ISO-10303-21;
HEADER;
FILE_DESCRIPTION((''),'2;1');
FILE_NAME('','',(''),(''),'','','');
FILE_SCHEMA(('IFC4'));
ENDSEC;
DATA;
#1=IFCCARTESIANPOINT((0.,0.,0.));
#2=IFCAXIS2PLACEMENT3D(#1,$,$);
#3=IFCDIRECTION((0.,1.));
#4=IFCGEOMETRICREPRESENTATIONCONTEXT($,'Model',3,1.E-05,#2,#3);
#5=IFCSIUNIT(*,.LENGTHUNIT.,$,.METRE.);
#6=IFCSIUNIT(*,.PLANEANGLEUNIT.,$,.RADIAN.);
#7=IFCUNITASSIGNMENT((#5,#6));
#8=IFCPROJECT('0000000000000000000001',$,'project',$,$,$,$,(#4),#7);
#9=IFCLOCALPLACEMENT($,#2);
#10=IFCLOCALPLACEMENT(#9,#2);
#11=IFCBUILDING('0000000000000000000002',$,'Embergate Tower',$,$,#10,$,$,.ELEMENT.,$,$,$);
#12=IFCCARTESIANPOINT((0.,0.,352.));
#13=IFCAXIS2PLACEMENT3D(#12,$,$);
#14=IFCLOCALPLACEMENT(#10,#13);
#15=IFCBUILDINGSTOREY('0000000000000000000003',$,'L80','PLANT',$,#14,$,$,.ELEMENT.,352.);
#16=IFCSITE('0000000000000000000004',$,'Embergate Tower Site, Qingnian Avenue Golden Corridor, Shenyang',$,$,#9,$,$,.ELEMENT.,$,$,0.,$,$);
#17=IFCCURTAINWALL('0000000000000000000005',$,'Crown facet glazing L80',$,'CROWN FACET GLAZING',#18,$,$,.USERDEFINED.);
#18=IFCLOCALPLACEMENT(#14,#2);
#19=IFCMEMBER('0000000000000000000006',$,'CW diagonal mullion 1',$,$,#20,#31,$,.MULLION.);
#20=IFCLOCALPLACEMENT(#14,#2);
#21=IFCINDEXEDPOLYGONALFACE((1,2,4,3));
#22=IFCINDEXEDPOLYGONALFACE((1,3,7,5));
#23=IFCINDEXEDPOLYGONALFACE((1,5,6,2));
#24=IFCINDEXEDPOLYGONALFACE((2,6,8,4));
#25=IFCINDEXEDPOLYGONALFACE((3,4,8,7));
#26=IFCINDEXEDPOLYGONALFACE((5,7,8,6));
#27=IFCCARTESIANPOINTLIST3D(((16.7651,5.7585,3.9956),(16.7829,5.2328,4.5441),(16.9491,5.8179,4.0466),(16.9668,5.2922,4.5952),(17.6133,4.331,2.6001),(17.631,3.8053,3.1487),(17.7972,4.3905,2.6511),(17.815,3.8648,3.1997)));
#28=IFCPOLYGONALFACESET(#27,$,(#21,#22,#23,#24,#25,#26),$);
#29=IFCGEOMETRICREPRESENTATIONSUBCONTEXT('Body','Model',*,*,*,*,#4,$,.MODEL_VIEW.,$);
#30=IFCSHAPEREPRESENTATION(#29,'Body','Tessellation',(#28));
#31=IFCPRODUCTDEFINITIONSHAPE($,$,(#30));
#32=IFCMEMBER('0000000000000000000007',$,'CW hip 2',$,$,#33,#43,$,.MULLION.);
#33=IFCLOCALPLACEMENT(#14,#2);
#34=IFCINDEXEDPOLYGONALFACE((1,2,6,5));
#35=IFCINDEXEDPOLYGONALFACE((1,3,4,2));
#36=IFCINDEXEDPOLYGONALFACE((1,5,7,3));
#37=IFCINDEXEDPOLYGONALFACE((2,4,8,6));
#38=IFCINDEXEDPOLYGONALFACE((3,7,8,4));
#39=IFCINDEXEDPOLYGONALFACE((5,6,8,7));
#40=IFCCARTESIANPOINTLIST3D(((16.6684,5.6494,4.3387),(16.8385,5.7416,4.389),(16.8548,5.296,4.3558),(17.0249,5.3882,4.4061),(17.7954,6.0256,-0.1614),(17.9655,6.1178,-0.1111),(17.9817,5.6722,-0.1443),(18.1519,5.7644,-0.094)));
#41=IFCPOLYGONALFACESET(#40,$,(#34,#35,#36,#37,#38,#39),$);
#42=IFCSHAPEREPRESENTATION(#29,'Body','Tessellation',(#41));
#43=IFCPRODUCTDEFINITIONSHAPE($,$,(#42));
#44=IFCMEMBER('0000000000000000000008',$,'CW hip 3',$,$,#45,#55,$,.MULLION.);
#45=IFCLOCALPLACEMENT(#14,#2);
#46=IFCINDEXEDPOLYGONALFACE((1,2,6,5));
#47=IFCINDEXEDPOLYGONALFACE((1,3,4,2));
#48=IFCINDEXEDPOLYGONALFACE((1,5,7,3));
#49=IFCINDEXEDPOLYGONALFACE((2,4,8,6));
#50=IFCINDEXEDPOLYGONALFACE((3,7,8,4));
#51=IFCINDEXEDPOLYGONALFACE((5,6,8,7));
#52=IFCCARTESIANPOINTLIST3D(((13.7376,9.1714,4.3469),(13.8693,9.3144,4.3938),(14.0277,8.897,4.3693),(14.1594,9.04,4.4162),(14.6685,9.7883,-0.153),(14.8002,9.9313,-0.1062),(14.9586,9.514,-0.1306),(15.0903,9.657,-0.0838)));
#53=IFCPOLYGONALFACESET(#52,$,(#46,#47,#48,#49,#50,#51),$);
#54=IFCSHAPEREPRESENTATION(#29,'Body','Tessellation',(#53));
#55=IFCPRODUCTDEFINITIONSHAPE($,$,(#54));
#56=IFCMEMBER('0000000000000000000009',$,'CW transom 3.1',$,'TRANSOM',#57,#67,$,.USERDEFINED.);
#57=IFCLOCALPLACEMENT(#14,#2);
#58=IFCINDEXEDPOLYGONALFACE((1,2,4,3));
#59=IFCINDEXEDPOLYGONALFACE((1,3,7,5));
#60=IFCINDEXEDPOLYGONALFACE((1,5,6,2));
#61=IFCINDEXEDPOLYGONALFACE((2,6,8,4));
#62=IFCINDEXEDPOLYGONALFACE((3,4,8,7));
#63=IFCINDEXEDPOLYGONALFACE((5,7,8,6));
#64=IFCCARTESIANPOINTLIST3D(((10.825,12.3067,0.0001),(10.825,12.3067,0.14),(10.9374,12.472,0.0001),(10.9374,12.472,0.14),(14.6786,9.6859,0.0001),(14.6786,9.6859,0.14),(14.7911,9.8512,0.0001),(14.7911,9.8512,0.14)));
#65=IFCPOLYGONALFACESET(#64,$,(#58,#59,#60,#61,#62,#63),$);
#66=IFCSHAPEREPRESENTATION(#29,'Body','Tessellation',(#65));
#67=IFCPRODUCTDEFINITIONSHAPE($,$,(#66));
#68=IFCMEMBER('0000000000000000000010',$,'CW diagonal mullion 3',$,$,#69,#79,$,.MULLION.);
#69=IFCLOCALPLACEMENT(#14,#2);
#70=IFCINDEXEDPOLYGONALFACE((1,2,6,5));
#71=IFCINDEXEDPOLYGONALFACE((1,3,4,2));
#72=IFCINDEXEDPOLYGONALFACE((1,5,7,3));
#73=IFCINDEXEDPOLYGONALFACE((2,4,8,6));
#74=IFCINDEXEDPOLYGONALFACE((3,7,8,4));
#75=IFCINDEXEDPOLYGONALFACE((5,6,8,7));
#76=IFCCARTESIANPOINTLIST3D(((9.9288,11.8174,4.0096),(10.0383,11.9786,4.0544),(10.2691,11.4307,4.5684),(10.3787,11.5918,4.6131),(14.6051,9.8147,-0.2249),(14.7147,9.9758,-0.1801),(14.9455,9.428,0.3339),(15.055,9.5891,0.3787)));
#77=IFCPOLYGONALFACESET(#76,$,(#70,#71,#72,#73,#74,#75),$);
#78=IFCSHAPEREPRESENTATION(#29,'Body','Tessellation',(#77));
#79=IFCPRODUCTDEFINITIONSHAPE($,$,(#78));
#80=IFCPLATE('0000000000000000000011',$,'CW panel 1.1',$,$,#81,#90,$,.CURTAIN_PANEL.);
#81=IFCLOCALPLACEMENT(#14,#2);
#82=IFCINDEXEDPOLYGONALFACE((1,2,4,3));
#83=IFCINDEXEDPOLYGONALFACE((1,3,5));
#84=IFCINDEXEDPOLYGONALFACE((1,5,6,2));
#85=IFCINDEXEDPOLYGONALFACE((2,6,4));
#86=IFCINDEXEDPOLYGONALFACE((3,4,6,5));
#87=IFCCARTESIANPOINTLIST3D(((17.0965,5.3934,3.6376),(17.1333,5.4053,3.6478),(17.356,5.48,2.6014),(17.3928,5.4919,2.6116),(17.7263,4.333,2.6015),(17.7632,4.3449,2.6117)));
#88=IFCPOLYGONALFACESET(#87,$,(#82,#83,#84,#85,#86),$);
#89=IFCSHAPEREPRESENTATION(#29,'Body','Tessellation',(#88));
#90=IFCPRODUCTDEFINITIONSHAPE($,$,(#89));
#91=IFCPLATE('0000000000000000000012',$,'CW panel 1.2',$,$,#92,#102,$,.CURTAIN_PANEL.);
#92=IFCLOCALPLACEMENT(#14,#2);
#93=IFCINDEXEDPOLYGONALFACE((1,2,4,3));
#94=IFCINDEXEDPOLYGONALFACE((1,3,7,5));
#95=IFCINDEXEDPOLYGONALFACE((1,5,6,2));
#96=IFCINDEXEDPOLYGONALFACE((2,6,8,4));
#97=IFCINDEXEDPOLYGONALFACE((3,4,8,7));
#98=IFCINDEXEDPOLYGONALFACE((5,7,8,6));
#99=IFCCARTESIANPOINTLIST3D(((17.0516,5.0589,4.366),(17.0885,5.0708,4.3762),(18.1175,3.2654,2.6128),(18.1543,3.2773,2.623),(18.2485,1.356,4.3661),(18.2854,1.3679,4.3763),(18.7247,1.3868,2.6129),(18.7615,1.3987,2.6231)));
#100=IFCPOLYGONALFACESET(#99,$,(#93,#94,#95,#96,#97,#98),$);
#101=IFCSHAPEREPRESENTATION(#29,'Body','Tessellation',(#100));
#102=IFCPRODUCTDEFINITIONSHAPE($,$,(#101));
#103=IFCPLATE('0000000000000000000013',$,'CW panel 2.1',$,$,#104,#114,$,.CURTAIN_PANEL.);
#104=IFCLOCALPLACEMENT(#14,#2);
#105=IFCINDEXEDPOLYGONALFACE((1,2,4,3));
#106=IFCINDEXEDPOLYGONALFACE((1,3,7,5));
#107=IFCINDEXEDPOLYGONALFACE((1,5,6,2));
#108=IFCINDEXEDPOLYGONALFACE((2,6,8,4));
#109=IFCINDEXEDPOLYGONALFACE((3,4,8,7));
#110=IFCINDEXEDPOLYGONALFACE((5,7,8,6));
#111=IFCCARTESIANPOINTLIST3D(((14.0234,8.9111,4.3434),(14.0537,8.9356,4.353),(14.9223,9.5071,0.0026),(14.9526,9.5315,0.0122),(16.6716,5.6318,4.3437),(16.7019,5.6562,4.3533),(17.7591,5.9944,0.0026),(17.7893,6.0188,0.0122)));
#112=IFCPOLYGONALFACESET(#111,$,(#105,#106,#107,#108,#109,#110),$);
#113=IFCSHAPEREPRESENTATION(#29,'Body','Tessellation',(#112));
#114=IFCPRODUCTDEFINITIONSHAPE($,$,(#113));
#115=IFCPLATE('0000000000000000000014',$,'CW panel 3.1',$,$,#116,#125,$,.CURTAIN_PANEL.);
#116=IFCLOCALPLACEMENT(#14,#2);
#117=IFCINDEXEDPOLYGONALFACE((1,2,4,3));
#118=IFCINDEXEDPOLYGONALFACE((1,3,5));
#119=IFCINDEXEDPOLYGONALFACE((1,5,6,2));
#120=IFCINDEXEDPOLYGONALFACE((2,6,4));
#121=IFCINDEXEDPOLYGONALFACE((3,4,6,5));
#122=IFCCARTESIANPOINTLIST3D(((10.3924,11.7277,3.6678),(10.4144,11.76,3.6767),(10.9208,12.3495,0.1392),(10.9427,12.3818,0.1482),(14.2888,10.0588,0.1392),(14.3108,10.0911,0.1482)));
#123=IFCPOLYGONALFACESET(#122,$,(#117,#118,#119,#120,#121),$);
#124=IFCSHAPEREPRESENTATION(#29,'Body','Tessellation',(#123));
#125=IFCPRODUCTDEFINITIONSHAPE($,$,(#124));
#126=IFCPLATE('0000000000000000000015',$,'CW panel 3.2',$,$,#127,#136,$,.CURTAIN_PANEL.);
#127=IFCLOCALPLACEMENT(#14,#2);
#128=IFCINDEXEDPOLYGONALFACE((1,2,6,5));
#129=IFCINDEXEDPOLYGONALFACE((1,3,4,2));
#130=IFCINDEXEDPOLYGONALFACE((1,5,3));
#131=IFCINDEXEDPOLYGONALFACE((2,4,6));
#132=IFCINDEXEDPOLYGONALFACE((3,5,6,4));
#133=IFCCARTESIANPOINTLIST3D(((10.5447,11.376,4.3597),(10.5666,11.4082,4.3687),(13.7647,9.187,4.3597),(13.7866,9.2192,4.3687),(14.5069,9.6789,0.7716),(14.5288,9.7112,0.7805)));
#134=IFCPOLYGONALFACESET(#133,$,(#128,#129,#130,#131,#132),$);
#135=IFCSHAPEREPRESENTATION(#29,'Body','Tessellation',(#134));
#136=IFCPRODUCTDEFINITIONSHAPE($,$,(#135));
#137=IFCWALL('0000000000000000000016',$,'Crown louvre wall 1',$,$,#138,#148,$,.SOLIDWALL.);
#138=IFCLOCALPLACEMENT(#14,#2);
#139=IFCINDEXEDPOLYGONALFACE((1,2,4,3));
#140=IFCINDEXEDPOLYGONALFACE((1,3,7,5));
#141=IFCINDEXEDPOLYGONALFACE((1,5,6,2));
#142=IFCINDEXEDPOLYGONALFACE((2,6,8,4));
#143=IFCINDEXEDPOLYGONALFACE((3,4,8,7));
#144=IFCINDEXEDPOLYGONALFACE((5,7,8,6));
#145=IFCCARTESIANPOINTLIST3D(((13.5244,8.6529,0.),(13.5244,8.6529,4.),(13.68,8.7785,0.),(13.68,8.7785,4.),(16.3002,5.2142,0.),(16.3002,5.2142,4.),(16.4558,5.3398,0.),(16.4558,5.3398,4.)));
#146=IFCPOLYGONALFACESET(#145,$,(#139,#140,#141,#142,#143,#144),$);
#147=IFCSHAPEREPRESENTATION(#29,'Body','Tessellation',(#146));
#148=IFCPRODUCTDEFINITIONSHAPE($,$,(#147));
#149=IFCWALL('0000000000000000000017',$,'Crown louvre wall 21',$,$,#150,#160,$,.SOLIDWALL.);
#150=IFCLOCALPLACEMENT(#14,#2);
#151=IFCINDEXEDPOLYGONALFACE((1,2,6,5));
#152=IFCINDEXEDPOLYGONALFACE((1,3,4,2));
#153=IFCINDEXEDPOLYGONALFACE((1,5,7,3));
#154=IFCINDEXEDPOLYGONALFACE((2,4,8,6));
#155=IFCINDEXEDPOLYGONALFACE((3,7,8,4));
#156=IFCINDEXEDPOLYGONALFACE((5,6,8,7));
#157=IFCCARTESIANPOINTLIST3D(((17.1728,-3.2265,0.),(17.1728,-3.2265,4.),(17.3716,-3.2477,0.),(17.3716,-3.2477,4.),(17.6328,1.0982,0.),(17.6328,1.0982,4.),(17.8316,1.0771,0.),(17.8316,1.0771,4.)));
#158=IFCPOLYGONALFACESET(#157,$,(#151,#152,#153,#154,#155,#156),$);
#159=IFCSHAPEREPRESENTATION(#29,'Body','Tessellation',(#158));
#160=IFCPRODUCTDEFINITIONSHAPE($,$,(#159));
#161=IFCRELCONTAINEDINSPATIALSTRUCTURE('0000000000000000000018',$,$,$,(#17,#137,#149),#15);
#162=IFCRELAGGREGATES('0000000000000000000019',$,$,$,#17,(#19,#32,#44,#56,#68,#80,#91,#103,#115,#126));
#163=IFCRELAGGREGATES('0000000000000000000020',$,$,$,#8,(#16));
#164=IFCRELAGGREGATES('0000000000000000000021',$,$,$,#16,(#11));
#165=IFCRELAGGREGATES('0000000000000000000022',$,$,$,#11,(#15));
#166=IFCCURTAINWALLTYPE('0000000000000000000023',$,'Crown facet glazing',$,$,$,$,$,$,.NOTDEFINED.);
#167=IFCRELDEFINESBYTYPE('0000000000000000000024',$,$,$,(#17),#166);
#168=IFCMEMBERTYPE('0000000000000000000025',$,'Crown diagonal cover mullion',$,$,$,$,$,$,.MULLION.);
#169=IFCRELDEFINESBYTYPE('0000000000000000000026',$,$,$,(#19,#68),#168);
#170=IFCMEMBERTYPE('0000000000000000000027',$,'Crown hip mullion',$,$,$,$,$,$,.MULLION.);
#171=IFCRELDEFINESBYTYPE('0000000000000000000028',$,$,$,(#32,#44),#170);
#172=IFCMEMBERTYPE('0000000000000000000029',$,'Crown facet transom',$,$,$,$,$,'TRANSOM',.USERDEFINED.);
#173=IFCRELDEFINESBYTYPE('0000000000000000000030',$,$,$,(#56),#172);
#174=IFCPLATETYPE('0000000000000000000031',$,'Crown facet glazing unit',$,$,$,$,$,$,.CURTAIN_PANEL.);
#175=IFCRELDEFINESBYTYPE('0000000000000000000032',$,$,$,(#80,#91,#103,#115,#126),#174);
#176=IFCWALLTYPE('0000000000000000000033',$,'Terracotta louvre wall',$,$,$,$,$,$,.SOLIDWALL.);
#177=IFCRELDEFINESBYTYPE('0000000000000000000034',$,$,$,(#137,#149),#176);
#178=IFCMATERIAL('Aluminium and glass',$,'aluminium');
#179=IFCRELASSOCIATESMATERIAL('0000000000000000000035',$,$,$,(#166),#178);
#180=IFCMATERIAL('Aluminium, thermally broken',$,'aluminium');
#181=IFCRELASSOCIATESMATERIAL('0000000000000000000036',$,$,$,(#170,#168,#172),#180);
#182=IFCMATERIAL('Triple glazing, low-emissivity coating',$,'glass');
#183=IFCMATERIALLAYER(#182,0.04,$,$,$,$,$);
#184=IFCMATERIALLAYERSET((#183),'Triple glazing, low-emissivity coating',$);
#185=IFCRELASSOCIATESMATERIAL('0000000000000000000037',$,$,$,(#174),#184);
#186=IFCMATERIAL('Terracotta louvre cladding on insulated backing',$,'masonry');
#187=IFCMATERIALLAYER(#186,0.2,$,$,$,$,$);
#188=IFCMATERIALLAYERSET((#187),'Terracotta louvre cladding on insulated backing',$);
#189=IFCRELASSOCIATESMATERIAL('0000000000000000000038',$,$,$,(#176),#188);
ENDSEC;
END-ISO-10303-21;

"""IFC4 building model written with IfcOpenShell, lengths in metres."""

from ifc_helpers import new_model, si_unit, direction, frame, frame_2d, origin, origin_2d, place, context, subcontext, project, spatial, polyline, rectangle, outline, extrude, source, transform, mapped, material, layer, layer_set, material_profile, profile_set, type_object, element, aggregate, save


model = new_model("IFC4")

# Units and contexts
model_context = context("Model", 3, precision=1e-05, world=origin(), true_north=direction((0.0, 1.0)))
body_context = subcontext(model_context, "Body", "Model", "MODEL_VIEW")
ifc_project = project(units=[si_unit("LENGTHUNIT", "METRE"), si_unit("PLANEANGLEUNIT", "RADIAN")], contexts=[model_context])

# Site, building, storey
site_placement = place(None, origin())
site = spatial("IfcSite", under=ifc_project, at=site_placement, Name="Embergate Tower Site, Qingnian Avenue Golden Corridor, Shenyang", CompositionType="ELEMENT", RefElevation=0.0)
building_placement = place(site_placement, origin())
building = spatial("IfcBuilding", under=site, at=building_placement, Name="Embergate Tower", CompositionType="ELEMENT")
storey_placement = place(building_placement, frame((0.0, 0.0, 352.0)))
storey = spatial("IfcBuildingStorey", under=building, at=storey_placement, Name="L80", Description="PLANT", CompositionType="ELEMENT", Elevation=352.0)

# Curtain wall, members, plates
ifc_material_1 = material(Name="Aluminium and glass", Category="aluminium")
curtain_wall_type = type_object("IfcCurtainWallType", Name="Crown facet glazing", PredefinedType="NOTDEFINED", material=ifc_material_1)
curtain_wall_placement = place(storey_placement, origin())
curtain_wall = element("IfcCurtainWall", 1, at=curtain_wall_placement, inside=storey, type_object=curtain_wall_type, Name="Crown facet glazing L80", ObjectType="CROWN FACET GLAZING", PredefinedType="USERDEFINED")
ifc_material_2 = material(Name="Aluminium, thermally broken", Category="aluminium")
ifc_material_profile_1 = material_profile(ifc_material_2, rectangle(XDim=0.2, YDim=0.3999, at=origin_2d()), Name="AL 400x200")
ifc_profile_set_1 = profile_set([ifc_material_profile_1], Name="Aluminium, thermally broken")
member_type_1 = type_object("IfcMemberType", Name="Crown hip mullion", PredefinedType="MULLION", material=ifc_profile_set_1)
ifc_material_profile_2 = material_profile(ifc_material_2, rectangle(XDim=0.2, YDim=0.76, at=origin_2d()), Name="AL 760x200")
ifc_profile_set_2 = profile_set([ifc_material_profile_2], Name="Aluminium, thermally broken")
member_type_2 = type_object("IfcMemberType", Name="Crown diagonal cover mullion", PredefinedType="MULLION", material=ifc_profile_set_2)
shared_shape_1 = source(origin(), body_context, "Body", "SweptSolid", [
    extrude(rectangle(XDim=0.2, YDim=0.76, at=origin_2d()), origin(), (0.0, 0.0, 1.0), 2.1689),
])
member_1_placement = place(storey_placement, frame((17.7141, 4.0979, 2.8999), z_axis=(-0.391032, 0.658136, 0.64339), x_axis=(0.920081, 0.297245, 0.255139)))
member_1 = element("IfcMember", 2, at=member_1_placement, type_object=member_type_2, Name="CW diagonal mullion 1", PredefinedType="MULLION", context=body_context, shape_type="MappedRepresentation", body=[
    mapped(shared_shape_1, transform((0.0, 0.0, 0.0))),
])
shared_shape_2 = source(origin(), body_context, "Body", "SweptSolid", [
    extrude(rectangle(XDim=0.2, YDim=0.3999, at=origin_2d()), origin(), (0.0, 0.0, 1.0), 4.6543),
])
member_2_placement = place(storey_placement, frame((17.9736, 5.895, -0.1277), z_axis=(-0.242137, -0.080835, 0.966869), x_axis=(0.850965, 0.461008, 0.251653)))
member_2 = element("IfcMember", 3, at=member_2_placement, type_object=member_type_1, Name="CW hip 2", PredefinedType="MULLION", context=body_context, shape_type="MappedRepresentation", body=[
    mapped(shared_shape_2, transform((0.0, 0.0, 0.0))),
])
shared_shape_3 = source(origin(), body_context, "Body", "SweptSolid", [
    extrude(rectangle(XDim=0.2, YDim=0.3999, at=origin_2d()), origin(), (0.0, 0.0, 1.0), 4.6365),
])
member_3_placement = place(storey_placement, frame((14.8794, 9.7227, -0.1184), z_axis=(-0.200778, -0.133062, 0.970558), x_axis=(0.65843, 0.715254, 0.234269)))
member_3 = element("IfcMember", 4, at=member_3_placement, type_object=member_type_1, Name="CW hip 3", PredefinedType="MULLION", context=body_context, shape_type="MappedRepresentation", body=[
    mapped(shared_shape_3, transform((0.0, 0.0, 0.0))),
])
ifc_material_profile_3 = material_profile(ifc_material_2, rectangle(XDim=0.2, YDim=0.1399, at=origin_2d()), Name="AL 140x200")
ifc_profile_set_3 = profile_set([ifc_material_profile_3], Name="Aluminium, thermally broken")
member_type_3 = type_object("IfcMemberType", Name="Crown facet transom", ElementType="TRANSOM", PredefinedType="USERDEFINED", material=ifc_profile_set_3)
shared_shape_4 = source(origin(), body_context, "Body", "SweptSolid", [
    extrude(rectangle(XDim=0.2, YDim=0.1399, at=origin_2d()), origin(), (0.0, 0.0, 1.0), 4.6604),
])
member_4_placement = place(storey_placement, frame((14.7349, 9.7686, 0.0701), z_axis=(-0.826897, 0.562353, 0.0), x_axis=(-0.562353, -0.826897, 0.0)))
member_4 = element("IfcMember", 5, at=member_4_placement, type_object=member_type_3, Name="CW transom 3.1", ObjectType="TRANSOM", PredefinedType="USERDEFINED", context=body_context, shape_type="MappedRepresentation", body=[
    mapped(shared_shape_4, transform((0.0, 0.0, 0.0))),
])
shared_shape_5 = source(origin(), body_context, "Body", "SweptSolid", [
    extrude(rectangle(XDim=0.2, YDim=0.76, at=origin_2d()), origin(), (0.0, 0.0, 1.0), 6.6189),
])
member_5_placement = place(storey_placement, frame((14.8301, 9.7019, 0.0769), z_axis=(-0.706516, 0.302576, 0.639752), x_axis=(0.547979, 0.805947, 0.223985)))
member_5 = element("IfcMember", 6, at=member_5_placement, type_object=member_type_2, Name="CW diagonal mullion 3", PredefinedType="MULLION", context=body_context, shape_type="MappedRepresentation", body=[
    mapped(shared_shape_5, transform((0.0, 0.0, 0.0))),
])
ifc_material_3 = material(Name="Triple glazing, low-emissivity coating", Category="glass")
ifc_layer_1 = layer(ifc_material_3, 0.04)
ifc_layer_set_1 = layer_set([ifc_layer_1], Name="Triple glazing, low-emissivity coating")
plate_type = type_object("IfcPlateType", Name="Crown facet glazing unit", PredefinedType="CURTAIN_PANEL", material=ifc_layer_set_1)
shared_shape_6 = source(origin(), body_context, "Body", "SweptSolid", [
    extrude(outline(polyline([(0.0, 0.0), (1.0718, 0.0), (0.0032, 1.2053), (0.0, 0.0)])), origin(), (0.0, 0.0, -1.0), 0.04),
])
plate_1_placement = place(storey_placement, frame((17.3928, 5.4919, 2.6116), z_axis=(0.920097, 0.297102, 0.255249), x_axis=(-0.242117, -0.080857, 0.966872)))
plate_1 = element("IfcPlate", 7, at=plate_1_placement, type_object=plate_type, Name="CW panel 1.1", PredefinedType="CURTAIN_PANEL", context=body_context, shape_type="MappedRepresentation", body=[
    mapped(shared_shape_6, transform((0.0, 0.0, 0.0))),
])
shared_shape_7 = source(origin(), body_context, "Body", "SweptSolid", [
    extrude(outline(polyline([(0.0, 0.0), (2.7251, 0.0), (-0.1799, 2.5894), (-1.4739, 1.3137), (0.0, 0.0)])), origin(), (0.0, 0.0, -1.0), 0.04),
])
plate_2_placement = place(storey_placement, frame((18.1543, 3.2773, 2.623), z_axis=(0.920042, 0.297398, 0.255102), x_axis=(-0.391118, 0.658129, 0.643345)))
plate_2 = element("IfcPlate", 8, at=plate_2_placement, type_object=plate_type, Name="CW panel 1.2", PredefinedType="CURTAIN_PANEL", context=body_context, shape_type="MappedRepresentation", body=[
    mapped(shared_shape_7, transform((0.0, 0.0, 0.0))),
])
shared_shape_8 = source(origin(), body_context, "Body", "SweptSolid", [
    extrude(outline(polyline([(0.0, 0.0), (4.5151, 0.0), (4.6162, 4.4717), (0.4011, 4.4719), (0.0, 0.0)])), origin(), (0.0, 0.0, -1.0), 0.04),
])
plate_3_placement = place(storey_placement, frame((17.7893, 6.0188, 0.0122), z_axis=(0.75523, 0.609893, 0.240122), x_axis=(-0.628274, 0.777992, -0.000002)))
plate_3 = element("IfcPlate", 9, at=plate_3_placement, type_object=plate_type, Name="CW panel 2.1", PredefinedType="CURTAIN_PANEL", context=body_context, shape_type="MappedRepresentation", body=[
    mapped(shared_shape_8, transform((0.0, 0.0, 0.0))),
])
shared_shape_9 = source(origin(), body_context, "Body", "SweptSolid", [
    extrude(outline(polyline([(0.0, 0.0), (4.0732, 0.0), (4.1604, 3.6206), (0.0, 0.0)])), origin(), (0.0, 0.0, -1.0), 0.04),
])
plate_4_placement = place(storey_placement, frame((14.3108, 10.0911, 0.1482), z_axis=(0.54808, 0.805853, 0.224075), x_axis=(-0.826879, 0.562381, 0.0)))
plate_4 = element("IfcPlate", 10, at=plate_4_placement, type_object=plate_type, Name="CW panel 3.1", PredefinedType="CURTAIN_PANEL", context=body_context, shape_type="MappedRepresentation", body=[
    mapped(shared_shape_9, transform((0.0, 0.0, 0.0))),
])
shared_shape_10 = source(origin(), body_context, "Body", "SweptSolid", [
    extrude(outline(polyline([(0.0, 0.0), (5.6084, 0.0), (2.6711, 2.5559), (0.0, 0.0)])), origin(), (0.0, 0.0, -1.0), 0.04),
])
plate_5_placement = place(storey_placement, frame((14.5288, 9.7112, 0.7805), z_axis=(0.547936, 0.806015, 0.223845), x_axis=(-0.706478, 0.30259, 0.639787)))
plate_5 = element("IfcPlate", 11, at=plate_5_placement, type_object=plate_type, Name="CW panel 3.2", PredefinedType="CURTAIN_PANEL", context=body_context, shape_type="MappedRepresentation", body=[
    mapped(shared_shape_10, transform((0.0, 0.0, 0.0))),
])
aggregate(curtain_wall, [member_1, member_2, member_3, member_4, member_5, plate_1, plate_2, plate_3, plate_4, plate_5])

# Walls
ifc_material_4 = material(Name="Terracotta louvre cladding on insulated backing", Category="masonry")
ifc_layer_2 = layer(ifc_material_4, 0.2)
ifc_layer_set_2 = layer_set([ifc_layer_2], Name="Terracotta louvre cladding on insulated backing")
wall_type_1 = type_object("IfcWallType", Name="Terracotta louvre wall", PredefinedType="SOLIDWALL", material=ifc_layer_set_2)
shared_shape_11 = source(origin(), body_context, "Body", "SweptSolid", [
    extrude(rectangle(XDim=4.4192, YDim=0.2, at=frame_2d((2.2095, 0.0))), origin(), (0.0, 0.0, 1.0), 4.0),
])
wall_1_placement = place(storey_placement, frame((13.6023, 8.7156, 0.0), z_axis=(0.0, 0.0, 1.0), x_axis=(0.628125, -0.778113, 0.0)))
element("IfcWall", 12, at=wall_1_placement, inside=storey, type_object=wall_type_1, Name="Crown louvre wall 1", PredefinedType="SOLIDWALL", context=body_context, shape_type="MappedRepresentation", body=[
    mapped(shared_shape_11, transform((0.0, 0.0, 0.0))),
])
shared_shape_12 = source(origin(), body_context, "Body", "SweptSolid", [
    extrude(rectangle(XDim=4.3491, YDim=0.2, at=frame_2d((2.1746, 0.0))), origin(), (0.0, 0.0, 1.0), 4.0),
])
wall_2_placement = place(storey_placement, frame((17.7322, 1.0876, 0.0), z_axis=(0.0, 0.0, 1.0), x_axis=(-0.10576, -0.994392, 0.0)))
element("IfcWall", 13, at=wall_2_placement, inside=storey, type_object=wall_type_1, Name="Crown louvre wall 21", PredefinedType="SOLIDWALL", context=body_context, shape_type="MappedRepresentation", body=[
    mapped(shared_shape_12, transform((0.0, 0.0, 0.0))),
])

save(model, "model.ifc")
